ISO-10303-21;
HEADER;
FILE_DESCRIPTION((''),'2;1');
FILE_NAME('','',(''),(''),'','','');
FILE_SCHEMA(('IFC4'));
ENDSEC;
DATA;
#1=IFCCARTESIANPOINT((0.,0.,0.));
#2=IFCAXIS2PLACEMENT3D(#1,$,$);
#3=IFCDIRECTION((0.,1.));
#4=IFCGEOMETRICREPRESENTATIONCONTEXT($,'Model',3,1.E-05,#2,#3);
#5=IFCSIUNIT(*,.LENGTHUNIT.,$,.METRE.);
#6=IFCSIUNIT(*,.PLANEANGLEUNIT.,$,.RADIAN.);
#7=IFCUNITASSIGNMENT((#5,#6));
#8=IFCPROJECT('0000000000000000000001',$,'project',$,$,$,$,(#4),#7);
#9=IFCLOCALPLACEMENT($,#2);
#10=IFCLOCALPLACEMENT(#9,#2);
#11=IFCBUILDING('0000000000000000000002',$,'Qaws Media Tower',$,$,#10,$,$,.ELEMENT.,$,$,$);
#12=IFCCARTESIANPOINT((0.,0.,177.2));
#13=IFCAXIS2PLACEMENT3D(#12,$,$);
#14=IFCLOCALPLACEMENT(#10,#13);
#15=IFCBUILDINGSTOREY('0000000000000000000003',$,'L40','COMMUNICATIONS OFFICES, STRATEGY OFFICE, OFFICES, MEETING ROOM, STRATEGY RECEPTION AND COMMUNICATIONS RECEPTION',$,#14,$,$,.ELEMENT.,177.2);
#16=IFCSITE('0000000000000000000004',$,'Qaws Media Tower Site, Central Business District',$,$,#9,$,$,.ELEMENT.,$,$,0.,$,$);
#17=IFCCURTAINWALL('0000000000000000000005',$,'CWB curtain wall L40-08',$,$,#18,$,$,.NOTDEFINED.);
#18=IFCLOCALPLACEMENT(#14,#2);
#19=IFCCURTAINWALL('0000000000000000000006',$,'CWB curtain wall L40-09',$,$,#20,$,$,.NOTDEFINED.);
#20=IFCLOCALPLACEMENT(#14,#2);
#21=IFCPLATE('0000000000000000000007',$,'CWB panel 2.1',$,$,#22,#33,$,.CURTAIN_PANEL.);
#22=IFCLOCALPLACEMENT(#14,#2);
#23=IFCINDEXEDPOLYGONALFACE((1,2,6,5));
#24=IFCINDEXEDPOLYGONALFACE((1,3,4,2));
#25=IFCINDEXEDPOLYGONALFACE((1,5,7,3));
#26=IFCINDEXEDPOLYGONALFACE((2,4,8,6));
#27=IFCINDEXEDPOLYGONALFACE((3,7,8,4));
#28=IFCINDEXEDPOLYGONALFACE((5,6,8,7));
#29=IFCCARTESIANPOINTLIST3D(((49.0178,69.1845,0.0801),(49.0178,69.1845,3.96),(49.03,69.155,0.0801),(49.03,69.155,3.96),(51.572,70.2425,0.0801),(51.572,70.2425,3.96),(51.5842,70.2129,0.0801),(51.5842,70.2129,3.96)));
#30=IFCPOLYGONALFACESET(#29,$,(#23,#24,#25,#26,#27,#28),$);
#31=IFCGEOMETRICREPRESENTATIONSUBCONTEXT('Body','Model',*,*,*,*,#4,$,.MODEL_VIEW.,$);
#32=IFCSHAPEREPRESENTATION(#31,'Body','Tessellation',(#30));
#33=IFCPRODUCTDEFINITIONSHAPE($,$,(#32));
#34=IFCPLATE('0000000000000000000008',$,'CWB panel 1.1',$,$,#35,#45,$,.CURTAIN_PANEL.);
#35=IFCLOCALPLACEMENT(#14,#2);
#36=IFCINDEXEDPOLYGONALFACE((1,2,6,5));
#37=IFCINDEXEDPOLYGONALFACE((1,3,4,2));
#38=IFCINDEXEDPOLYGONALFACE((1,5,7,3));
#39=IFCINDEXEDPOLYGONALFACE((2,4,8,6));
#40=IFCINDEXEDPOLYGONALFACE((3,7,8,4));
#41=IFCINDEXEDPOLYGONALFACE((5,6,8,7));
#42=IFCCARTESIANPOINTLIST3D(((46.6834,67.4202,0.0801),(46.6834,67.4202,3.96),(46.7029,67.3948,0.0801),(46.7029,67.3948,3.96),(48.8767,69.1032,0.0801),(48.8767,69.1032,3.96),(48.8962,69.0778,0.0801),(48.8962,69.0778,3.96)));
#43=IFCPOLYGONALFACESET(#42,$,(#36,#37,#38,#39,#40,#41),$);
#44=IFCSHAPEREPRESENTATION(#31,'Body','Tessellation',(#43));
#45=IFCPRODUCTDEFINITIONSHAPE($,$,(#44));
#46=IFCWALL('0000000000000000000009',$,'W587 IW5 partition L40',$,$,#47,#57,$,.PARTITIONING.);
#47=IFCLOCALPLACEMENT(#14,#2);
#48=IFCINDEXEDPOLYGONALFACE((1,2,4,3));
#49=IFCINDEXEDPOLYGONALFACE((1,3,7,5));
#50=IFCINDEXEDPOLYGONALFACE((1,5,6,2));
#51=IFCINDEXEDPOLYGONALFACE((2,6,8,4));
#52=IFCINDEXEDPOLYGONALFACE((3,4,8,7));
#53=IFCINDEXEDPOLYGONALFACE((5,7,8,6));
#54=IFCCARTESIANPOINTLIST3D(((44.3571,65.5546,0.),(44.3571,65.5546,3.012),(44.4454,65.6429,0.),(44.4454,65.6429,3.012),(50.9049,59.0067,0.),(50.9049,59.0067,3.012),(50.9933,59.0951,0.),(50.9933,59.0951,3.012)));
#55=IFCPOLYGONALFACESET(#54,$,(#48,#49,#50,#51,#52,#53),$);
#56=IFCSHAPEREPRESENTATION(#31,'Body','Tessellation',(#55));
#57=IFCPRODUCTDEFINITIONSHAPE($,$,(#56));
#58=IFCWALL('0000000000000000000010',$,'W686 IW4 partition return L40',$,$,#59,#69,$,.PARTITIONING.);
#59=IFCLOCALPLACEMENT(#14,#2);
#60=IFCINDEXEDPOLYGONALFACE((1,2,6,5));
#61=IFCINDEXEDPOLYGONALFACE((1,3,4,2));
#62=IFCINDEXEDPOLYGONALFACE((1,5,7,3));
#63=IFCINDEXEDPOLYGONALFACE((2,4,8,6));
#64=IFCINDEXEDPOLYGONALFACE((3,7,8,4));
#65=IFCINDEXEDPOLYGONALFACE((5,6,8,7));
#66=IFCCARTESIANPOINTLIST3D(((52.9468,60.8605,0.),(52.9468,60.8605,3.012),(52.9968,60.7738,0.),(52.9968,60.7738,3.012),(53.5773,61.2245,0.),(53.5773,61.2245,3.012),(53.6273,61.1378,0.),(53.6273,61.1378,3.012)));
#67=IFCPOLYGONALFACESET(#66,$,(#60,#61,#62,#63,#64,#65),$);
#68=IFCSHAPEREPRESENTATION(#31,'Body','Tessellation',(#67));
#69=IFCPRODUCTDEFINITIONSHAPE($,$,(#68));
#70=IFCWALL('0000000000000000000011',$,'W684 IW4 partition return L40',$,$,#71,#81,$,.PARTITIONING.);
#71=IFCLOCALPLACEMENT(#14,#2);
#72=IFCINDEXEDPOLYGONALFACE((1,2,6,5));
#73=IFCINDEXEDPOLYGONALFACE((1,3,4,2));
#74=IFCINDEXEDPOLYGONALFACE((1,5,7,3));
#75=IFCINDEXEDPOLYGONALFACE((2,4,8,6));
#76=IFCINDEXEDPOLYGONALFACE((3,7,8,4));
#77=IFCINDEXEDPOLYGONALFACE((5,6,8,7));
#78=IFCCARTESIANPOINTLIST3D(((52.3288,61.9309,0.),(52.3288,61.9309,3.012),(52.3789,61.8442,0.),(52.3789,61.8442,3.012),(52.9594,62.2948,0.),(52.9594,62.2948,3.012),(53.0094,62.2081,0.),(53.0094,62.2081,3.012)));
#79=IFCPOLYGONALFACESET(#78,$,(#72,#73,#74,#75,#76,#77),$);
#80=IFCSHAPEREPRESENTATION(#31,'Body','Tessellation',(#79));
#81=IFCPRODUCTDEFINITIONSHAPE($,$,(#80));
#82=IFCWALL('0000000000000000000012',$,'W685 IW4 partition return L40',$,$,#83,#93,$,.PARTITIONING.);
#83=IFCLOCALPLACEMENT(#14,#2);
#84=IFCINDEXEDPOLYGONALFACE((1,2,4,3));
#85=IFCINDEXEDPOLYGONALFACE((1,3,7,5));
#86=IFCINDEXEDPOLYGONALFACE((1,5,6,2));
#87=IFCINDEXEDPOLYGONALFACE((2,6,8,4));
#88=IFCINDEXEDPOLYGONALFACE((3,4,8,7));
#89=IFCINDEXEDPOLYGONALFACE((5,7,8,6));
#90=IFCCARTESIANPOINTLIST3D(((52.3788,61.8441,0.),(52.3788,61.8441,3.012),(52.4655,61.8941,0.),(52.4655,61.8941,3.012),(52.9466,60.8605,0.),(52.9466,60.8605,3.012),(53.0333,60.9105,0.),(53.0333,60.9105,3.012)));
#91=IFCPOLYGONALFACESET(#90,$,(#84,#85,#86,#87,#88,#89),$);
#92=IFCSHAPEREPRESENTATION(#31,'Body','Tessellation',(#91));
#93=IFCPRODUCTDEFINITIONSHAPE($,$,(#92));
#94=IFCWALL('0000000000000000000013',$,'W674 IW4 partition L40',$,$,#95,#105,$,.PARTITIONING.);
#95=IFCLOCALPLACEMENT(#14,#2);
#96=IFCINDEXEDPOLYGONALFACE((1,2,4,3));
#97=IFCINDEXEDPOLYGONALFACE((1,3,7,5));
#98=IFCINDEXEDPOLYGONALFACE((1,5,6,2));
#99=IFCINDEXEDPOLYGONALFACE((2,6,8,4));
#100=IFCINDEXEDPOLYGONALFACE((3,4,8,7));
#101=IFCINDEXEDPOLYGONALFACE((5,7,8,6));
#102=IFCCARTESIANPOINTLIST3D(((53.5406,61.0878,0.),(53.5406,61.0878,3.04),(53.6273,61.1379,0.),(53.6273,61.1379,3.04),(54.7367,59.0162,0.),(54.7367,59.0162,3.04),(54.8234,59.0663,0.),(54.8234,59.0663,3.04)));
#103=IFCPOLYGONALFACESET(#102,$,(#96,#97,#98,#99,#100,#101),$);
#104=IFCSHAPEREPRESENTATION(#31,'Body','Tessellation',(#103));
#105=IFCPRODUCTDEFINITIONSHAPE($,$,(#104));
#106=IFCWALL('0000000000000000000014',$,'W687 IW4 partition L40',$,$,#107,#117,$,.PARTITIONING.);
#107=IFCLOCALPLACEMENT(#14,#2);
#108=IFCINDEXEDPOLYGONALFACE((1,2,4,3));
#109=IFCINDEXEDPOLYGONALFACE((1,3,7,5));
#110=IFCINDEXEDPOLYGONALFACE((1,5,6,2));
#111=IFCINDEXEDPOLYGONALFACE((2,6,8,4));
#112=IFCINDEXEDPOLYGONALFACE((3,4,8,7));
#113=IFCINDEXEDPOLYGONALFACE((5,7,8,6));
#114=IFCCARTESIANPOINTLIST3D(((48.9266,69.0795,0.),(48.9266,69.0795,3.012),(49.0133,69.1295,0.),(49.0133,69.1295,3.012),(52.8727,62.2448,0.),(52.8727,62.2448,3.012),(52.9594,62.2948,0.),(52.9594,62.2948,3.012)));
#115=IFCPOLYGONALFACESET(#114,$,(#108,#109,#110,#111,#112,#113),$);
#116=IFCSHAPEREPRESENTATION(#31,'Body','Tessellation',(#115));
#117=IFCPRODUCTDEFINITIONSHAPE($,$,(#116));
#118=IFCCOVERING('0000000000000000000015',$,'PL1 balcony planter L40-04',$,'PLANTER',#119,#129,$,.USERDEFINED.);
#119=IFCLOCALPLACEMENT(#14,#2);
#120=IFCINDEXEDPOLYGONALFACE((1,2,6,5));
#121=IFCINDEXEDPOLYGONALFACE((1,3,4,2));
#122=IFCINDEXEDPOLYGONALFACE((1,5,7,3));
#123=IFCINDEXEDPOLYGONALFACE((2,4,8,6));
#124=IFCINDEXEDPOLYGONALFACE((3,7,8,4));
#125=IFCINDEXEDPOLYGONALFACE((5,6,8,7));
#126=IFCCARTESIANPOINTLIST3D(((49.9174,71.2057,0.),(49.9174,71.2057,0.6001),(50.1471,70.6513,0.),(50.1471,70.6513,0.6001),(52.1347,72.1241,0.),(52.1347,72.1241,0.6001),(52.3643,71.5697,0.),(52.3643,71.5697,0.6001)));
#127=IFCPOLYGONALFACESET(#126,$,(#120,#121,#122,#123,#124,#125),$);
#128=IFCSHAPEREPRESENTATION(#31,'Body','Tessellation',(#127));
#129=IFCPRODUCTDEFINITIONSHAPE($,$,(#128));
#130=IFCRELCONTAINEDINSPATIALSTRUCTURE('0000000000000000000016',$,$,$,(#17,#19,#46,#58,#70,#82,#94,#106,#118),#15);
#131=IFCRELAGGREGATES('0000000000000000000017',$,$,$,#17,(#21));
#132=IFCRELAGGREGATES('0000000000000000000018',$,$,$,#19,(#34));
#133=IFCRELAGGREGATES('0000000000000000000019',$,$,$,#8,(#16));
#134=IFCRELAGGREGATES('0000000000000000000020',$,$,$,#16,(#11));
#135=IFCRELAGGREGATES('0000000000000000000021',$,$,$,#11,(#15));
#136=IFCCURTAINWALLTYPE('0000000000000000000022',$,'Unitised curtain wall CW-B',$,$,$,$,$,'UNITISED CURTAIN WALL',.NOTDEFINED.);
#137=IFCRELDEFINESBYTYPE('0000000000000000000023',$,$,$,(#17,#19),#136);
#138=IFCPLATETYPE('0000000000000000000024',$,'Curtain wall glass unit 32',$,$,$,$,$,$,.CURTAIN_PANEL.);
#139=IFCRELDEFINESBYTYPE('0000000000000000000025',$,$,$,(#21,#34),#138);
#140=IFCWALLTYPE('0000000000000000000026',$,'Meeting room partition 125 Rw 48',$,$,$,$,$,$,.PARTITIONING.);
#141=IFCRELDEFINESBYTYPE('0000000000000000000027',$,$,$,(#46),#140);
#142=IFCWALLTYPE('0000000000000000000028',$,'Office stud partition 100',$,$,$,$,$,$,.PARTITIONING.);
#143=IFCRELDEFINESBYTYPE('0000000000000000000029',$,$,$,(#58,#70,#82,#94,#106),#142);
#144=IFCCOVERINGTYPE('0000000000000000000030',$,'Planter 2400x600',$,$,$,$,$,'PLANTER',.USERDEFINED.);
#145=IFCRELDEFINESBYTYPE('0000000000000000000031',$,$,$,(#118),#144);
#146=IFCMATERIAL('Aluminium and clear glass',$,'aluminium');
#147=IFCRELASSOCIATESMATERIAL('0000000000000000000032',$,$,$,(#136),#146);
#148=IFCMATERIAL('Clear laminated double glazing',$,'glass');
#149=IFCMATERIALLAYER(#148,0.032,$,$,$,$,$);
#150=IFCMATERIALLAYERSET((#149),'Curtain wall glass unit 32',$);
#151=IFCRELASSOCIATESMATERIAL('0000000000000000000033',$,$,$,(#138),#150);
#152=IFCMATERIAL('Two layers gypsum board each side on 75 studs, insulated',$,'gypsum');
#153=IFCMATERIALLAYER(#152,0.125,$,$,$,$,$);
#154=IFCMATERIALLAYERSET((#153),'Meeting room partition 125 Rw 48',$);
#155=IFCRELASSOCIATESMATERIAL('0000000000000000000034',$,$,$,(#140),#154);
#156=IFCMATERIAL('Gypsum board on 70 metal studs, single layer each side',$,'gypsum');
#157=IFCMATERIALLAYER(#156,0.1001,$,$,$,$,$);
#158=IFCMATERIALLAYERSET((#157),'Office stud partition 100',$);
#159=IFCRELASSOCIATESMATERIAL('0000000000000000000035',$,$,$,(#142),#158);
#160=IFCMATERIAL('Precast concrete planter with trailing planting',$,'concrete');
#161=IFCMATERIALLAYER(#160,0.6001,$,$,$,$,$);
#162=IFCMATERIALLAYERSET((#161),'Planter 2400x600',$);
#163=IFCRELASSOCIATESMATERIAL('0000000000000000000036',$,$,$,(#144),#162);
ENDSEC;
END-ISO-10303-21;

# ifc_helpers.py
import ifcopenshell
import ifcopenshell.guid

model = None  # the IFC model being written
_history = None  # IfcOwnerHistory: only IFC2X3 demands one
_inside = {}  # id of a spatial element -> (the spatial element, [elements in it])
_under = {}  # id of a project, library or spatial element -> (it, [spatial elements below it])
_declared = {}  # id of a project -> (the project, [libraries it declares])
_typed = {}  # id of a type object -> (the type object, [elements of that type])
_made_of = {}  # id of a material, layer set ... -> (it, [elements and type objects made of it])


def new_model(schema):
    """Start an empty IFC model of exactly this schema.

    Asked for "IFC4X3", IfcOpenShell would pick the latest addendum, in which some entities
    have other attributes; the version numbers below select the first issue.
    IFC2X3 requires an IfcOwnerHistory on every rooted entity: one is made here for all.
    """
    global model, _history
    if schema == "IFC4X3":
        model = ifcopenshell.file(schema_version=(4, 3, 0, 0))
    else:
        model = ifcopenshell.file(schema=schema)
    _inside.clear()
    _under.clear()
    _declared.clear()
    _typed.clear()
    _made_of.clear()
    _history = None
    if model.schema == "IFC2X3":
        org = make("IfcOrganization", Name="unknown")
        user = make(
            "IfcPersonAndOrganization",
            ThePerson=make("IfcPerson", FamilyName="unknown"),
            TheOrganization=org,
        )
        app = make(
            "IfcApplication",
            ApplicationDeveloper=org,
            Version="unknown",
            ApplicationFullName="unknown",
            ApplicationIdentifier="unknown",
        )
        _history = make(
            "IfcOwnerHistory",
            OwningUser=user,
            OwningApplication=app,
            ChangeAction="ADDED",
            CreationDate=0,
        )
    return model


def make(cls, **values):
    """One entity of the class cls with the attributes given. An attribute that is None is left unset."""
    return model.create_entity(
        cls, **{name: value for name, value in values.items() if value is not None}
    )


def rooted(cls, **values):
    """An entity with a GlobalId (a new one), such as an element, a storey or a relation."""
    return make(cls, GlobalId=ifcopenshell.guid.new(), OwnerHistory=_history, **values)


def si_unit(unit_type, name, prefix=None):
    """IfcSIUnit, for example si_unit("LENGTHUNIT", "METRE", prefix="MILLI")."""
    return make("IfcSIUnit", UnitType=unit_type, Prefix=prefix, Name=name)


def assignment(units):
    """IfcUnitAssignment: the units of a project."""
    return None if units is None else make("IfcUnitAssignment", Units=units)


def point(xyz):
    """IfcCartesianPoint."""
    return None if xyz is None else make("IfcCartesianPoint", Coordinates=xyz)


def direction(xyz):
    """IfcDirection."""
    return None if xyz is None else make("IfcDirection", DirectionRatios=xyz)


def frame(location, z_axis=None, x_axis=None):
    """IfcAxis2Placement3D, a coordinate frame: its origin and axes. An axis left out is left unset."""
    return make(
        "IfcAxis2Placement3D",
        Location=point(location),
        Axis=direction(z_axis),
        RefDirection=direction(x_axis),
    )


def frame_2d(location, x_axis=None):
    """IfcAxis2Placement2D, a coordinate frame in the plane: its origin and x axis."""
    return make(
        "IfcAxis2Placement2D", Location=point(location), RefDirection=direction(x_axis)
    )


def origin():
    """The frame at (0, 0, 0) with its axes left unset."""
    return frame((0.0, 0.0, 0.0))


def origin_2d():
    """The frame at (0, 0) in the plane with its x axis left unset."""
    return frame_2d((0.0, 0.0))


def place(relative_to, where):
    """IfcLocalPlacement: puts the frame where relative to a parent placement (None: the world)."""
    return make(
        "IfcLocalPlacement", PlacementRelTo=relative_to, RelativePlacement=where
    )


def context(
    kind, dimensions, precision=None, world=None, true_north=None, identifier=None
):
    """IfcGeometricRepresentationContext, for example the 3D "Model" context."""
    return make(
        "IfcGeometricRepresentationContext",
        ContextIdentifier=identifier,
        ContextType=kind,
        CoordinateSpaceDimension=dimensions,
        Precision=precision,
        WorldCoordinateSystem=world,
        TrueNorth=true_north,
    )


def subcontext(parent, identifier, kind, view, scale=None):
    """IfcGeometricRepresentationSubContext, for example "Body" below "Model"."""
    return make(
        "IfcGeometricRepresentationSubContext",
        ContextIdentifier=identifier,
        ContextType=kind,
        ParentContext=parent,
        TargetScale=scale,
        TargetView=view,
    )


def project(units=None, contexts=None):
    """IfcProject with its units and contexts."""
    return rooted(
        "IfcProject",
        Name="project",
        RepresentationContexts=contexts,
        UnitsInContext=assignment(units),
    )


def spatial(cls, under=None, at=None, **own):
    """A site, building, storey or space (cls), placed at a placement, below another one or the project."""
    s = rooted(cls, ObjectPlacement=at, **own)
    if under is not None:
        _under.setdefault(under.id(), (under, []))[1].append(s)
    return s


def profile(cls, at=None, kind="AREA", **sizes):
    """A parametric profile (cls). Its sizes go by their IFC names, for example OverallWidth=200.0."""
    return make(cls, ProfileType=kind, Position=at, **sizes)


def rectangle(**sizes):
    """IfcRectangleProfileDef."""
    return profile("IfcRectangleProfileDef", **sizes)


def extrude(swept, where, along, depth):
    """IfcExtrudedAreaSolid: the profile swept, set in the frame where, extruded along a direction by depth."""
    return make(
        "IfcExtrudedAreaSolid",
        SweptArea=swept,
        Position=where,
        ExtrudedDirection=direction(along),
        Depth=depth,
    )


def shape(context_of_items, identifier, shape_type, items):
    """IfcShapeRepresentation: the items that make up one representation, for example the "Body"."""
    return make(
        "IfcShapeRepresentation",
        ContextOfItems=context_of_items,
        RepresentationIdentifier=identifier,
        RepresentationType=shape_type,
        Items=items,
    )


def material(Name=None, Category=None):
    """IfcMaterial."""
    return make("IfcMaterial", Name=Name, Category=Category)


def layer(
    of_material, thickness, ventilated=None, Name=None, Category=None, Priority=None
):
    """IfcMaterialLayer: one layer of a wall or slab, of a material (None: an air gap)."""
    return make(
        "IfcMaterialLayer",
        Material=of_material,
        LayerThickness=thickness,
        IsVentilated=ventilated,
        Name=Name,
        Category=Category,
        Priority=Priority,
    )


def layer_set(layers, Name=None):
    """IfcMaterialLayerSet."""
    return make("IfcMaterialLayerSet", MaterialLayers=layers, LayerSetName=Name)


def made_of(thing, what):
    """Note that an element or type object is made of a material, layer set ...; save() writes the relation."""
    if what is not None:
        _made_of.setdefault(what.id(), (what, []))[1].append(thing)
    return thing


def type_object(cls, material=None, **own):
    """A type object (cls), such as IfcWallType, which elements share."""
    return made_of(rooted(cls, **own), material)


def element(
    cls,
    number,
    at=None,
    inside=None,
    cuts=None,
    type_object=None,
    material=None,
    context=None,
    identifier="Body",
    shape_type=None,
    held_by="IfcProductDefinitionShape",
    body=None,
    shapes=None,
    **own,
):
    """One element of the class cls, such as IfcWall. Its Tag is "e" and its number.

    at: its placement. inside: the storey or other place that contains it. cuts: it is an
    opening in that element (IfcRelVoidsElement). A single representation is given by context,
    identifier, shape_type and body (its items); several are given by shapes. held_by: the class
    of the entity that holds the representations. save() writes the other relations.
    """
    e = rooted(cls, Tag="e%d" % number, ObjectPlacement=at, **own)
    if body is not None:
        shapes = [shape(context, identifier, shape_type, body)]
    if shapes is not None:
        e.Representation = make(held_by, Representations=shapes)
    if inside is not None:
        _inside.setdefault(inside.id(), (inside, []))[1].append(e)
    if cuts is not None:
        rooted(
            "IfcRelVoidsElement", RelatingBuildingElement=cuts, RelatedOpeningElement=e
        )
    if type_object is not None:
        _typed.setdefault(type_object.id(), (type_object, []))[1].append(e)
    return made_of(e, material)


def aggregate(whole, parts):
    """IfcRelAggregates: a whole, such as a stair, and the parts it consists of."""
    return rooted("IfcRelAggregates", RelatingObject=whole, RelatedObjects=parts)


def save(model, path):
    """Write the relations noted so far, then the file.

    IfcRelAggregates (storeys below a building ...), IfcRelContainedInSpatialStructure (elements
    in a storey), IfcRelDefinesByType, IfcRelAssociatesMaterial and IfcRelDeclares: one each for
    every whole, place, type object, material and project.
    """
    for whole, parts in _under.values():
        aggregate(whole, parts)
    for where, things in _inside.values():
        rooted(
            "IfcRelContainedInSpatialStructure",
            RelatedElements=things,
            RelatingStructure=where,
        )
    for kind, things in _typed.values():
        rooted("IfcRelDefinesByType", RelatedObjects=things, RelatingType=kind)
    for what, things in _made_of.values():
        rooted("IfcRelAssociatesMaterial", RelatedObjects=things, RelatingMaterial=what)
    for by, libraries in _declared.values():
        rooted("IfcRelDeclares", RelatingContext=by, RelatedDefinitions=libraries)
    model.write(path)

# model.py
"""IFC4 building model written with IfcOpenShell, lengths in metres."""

from ifc_helpers import new_model, si_unit, direction, frame, frame_2d, origin, origin_2d, place, context, subcontext, project, spatial, rectangle, extrude, material, layer, layer_set, type_object, element, aggregate, save


model = new_model("IFC4")

# Units and contexts
model_context = context("Model", 3, precision=1e-05, world=origin(), true_north=direction((0.0, 1.0)))
body_context = subcontext(model_context, "Body", "Model", "MODEL_VIEW")
ifc_project = project(units=[si_unit("LENGTHUNIT", "METRE"), si_unit("PLANEANGLEUNIT", "RADIAN")], contexts=[model_context])

# Site, building, storey
site_placement = place(None, origin())
site = spatial("IfcSite", under=ifc_project, at=site_placement, Name="Qaws Media Tower Site, Central Business District", CompositionType="ELEMENT", RefElevation=0.0)
building_placement = place(site_placement, origin())
building = spatial("IfcBuilding", under=site, at=building_placement, Name="Qaws Media Tower", CompositionType="ELEMENT")
storey_placement = place(building_placement, frame((0.0, 0.0, 177.2)))
storey = spatial("IfcBuildingStorey", under=building, at=storey_placement, Name="L40", Description="COMMUNICATIONS OFFICES, STRATEGY OFFICE, OFFICES, MEETING ROOM, STRATEGY RECEPTION AND COMMUNICATIONS RECEPTION", CompositionType="ELEMENT", Elevation=177.2)

# Curtain wall
ifc_material_1 = material(Name="Aluminium and clear glass", Category="aluminium")
curtain_wall_type = type_object("IfcCurtainWallType", Name="Unitised curtain wall CW-B", ElementType="UNITISED CURTAIN WALL", PredefinedType="NOTDEFINED", material=ifc_material_1)
curtain_wall_1_placement = place(storey_placement, origin())
curtain_wall_1 = element("IfcCurtainWall", 1, at=curtain_wall_1_placement, inside=storey, type_object=curtain_wall_type, Name="CWB curtain wall L40-08", PredefinedType="NOTDEFINED")

# Curtain wall
curtain_wall_2_placement = place(storey_placement, origin())
curtain_wall_2 = element("IfcCurtainWall", 2, at=curtain_wall_2_placement, inside=storey, type_object=curtain_wall_type, Name="CWB curtain wall L40-09", PredefinedType="NOTDEFINED")

# Plates
ifc_material_2 = material(Name="Clear laminated double glazing", Category="glass")
ifc_layer_1 = layer(ifc_material_2, 0.032)
ifc_layer_set_1 = layer_set([ifc_layer_1], Name="Curtain wall glass unit 32")
plate_type = type_object("IfcPlateType", Name="Curtain wall glass unit 32", PredefinedType="CURTAIN_PANEL", material=ifc_layer_set_1)
plate_1_placement = place(storey_placement, frame((50.301, 69.6987, 0.0801), z_axis=(0.0, 0.0, 1.0), x_axis=(-0.923879, -0.382684, 0.0)))
plate_1 = element("IfcPlate", 3, at=plate_1_placement, type_object=plate_type, Name="CWB panel 2.1", PredefinedType="CURTAIN_PANEL", context=body_context, shape_type="SweptSolid", body=[
    extrude(rectangle(XDim=2.7646, YDim=0.032, at=origin_2d()), origin(), (0.0, 0.0, 1.0), 3.8799),
])
aggregate(curtain_wall_1, [plate_1])
plate_2_placement = place(storey_placement, frame((47.7898, 68.249, 0.0801), z_axis=(0.0, 0.0, 1.0), x_axis=(-0.793353, -0.608761, 0.0)))
plate_2 = element("IfcPlate", 4, at=plate_2_placement, type_object=plate_type, Name="CWB panel 1.1", PredefinedType="CURTAIN_PANEL", context=body_context, shape_type="SweptSolid", body=[
    extrude(rectangle(XDim=2.7646, YDim=0.032, at=origin_2d()), origin(), (0.0, 0.0, 1.0), 3.8799),
])
aggregate(curtain_wall_2, [plate_2])

# Walls
ifc_material_3 = material(Name="Two layers gypsum board each side on 75 studs, insulated", Category="gypsum")
ifc_layer_2 = layer(ifc_material_3, 0.125)
ifc_layer_set_2 = layer_set([ifc_layer_2], Name="Meeting room partition 125 Rw 48")
wall_type_1 = type_object("IfcWallType", Name="Meeting room partition 125 Rw 48", PredefinedType="PARTITIONING", material=ifc_layer_set_2)
wall_1_placement = place(storey_placement, frame((50.949, 59.051, 0.0), z_axis=(0.0, 0.0, 1.0), x_axis=(-0.707107, 0.707107, 0.0)))
element("IfcWall", 5, at=wall_1_placement, inside=storey, type_object=wall_type_1, Name="W587 IW5 partition L40", PredefinedType="PARTITIONING", context=body_context, shape_type="SweptSolid", body=[
    extrude(rectangle(XDim=9.26, YDim=0.125, at=frame_2d((4.6299, 0.0))), origin(), (0.0, 0.0, 1.0), 3.012),
])
ifc_material_4 = material(Name="Gypsum board on 70 metal studs, single layer each side", Category="gypsum")
ifc_layer_3 = layer(ifc_material_4, 0.1001)
ifc_layer_set_3 = layer_set([ifc_layer_3], Name="Office stud partition 100")
wall_type_2 = type_object("IfcWallType", Name="Office stud partition 100", PredefinedType="PARTITIONING", material=ifc_layer_set_3)
for number, where, z_axis, x_axis, name in (
    (6, (53.6023, 61.1812, 0.0), (0.0, 0.0, 1.0), (-0.866068, -0.499926, 0.0), "W686 IW4 partition return L40"),
    (7, (52.9844, 62.2515, 0.0), (0.0, 0.0, 1.0), (-0.866068, -0.499926, 0.0), "W684 IW4 partition return L40"),
):
    element("IfcWall", number, at=place(storey_placement, frame(where, z_axis=z_axis, x_axis=x_axis)), inside=storey, type_object=wall_type_2, Name=name, PredefinedType="PARTITIONING", context=body_context, shape_type="SweptSolid", body=[
        extrude(rectangle(XDim=0.728, YDim=0.1001, at=frame_2d((0.364, 0.0))), origin(), (0.0, 0.0, 1.0), 3.012),
    ])
wall_2_placement = place(storey_placement, frame((52.99, 60.8855, 0.0), z_axis=(0.0, 0.0, 1.0), x_axis=(-0.499977, 0.866039, 0.0)))
element("IfcWall", 8, at=wall_2_placement, inside=storey, type_object=wall_type_2, Name="W685 IW4 partition return L40", PredefinedType="PARTITIONING", context=body_context, shape_type="SweptSolid", body=[
    extrude(rectangle(XDim=1.1357, YDim=0.1001, at=frame_2d((0.5679, 0.0))), origin(), (0.0, 0.0, 1.0), 3.012),
])
wall_3_placement = place(storey_placement, frame((54.78, 59.0413, 0.0), z_axis=(0.0, 0.0, 1.0), x_axis=(-0.500014, 0.866017, 0.0)))
element("IfcWall", 9, at=wall_3_placement, inside=storey, type_object=wall_type_2, Name="W674 IW4 partition L40", PredefinedType="PARTITIONING", context=body_context, shape_type="SweptSolid", body=[
    extrude(rectangle(XDim=2.3921, YDim=0.1001, at=frame_2d((1.196, 0.0))), origin(), (0.0, 0.0, 1.0), 3.04),
])
wall_4_placement = place(storey_placement, frame((52.916, 62.2698, 0.0), z_axis=(0.0, 0.0, 1.0), x_axis=(-0.500002, 0.866024, 0.0)))
element("IfcWall", 10, at=wall_4_placement, inside=storey, type_object=wall_type_2, Name="W687 IW4 partition L40", PredefinedType="PARTITIONING", context=body_context, shape_type="SweptSolid", body=[
    extrude(rectangle(XDim=7.8921, YDim=0.1001, at=frame_2d((3.946, 0.0))), origin(), (0.0, 0.0, 1.0), 3.012),
])

# Covering
ifc_material_5 = material(Name="Precast concrete planter with trailing planting", Category="concrete")
ifc_layer_4 = layer(ifc_material_5, 0.6001)
ifc_layer_set_4 = layer_set([ifc_layer_4], Name="Planter 2400x600")
covering_type = type_object("IfcCoveringType", Name="Planter 2400x600", ElementType="PLANTER", PredefinedType="USERDEFINED", material=ifc_layer_set_4)
covering_placement = place(storey_placement, frame((51.1409, 71.3877, 0.0), z_axis=(0.0, 0.0, 1.0), x_axis=(-0.92388, -0.382683, 0.0)))
element("IfcCovering", 11, at=covering_placement, inside=storey, type_object=covering_type, Name="PL1 balcony planter L40-04", ObjectType="PLANTER", PredefinedType="USERDEFINED", context=body_context, shape_type="SweptSolid", body=[
    extrude(rectangle(XDim=2.3999, YDim=0.6001, at=origin_2d()), origin(), (0.0, 0.0, 1.0), 0.6001),
])

save(model, "model.ifc")
